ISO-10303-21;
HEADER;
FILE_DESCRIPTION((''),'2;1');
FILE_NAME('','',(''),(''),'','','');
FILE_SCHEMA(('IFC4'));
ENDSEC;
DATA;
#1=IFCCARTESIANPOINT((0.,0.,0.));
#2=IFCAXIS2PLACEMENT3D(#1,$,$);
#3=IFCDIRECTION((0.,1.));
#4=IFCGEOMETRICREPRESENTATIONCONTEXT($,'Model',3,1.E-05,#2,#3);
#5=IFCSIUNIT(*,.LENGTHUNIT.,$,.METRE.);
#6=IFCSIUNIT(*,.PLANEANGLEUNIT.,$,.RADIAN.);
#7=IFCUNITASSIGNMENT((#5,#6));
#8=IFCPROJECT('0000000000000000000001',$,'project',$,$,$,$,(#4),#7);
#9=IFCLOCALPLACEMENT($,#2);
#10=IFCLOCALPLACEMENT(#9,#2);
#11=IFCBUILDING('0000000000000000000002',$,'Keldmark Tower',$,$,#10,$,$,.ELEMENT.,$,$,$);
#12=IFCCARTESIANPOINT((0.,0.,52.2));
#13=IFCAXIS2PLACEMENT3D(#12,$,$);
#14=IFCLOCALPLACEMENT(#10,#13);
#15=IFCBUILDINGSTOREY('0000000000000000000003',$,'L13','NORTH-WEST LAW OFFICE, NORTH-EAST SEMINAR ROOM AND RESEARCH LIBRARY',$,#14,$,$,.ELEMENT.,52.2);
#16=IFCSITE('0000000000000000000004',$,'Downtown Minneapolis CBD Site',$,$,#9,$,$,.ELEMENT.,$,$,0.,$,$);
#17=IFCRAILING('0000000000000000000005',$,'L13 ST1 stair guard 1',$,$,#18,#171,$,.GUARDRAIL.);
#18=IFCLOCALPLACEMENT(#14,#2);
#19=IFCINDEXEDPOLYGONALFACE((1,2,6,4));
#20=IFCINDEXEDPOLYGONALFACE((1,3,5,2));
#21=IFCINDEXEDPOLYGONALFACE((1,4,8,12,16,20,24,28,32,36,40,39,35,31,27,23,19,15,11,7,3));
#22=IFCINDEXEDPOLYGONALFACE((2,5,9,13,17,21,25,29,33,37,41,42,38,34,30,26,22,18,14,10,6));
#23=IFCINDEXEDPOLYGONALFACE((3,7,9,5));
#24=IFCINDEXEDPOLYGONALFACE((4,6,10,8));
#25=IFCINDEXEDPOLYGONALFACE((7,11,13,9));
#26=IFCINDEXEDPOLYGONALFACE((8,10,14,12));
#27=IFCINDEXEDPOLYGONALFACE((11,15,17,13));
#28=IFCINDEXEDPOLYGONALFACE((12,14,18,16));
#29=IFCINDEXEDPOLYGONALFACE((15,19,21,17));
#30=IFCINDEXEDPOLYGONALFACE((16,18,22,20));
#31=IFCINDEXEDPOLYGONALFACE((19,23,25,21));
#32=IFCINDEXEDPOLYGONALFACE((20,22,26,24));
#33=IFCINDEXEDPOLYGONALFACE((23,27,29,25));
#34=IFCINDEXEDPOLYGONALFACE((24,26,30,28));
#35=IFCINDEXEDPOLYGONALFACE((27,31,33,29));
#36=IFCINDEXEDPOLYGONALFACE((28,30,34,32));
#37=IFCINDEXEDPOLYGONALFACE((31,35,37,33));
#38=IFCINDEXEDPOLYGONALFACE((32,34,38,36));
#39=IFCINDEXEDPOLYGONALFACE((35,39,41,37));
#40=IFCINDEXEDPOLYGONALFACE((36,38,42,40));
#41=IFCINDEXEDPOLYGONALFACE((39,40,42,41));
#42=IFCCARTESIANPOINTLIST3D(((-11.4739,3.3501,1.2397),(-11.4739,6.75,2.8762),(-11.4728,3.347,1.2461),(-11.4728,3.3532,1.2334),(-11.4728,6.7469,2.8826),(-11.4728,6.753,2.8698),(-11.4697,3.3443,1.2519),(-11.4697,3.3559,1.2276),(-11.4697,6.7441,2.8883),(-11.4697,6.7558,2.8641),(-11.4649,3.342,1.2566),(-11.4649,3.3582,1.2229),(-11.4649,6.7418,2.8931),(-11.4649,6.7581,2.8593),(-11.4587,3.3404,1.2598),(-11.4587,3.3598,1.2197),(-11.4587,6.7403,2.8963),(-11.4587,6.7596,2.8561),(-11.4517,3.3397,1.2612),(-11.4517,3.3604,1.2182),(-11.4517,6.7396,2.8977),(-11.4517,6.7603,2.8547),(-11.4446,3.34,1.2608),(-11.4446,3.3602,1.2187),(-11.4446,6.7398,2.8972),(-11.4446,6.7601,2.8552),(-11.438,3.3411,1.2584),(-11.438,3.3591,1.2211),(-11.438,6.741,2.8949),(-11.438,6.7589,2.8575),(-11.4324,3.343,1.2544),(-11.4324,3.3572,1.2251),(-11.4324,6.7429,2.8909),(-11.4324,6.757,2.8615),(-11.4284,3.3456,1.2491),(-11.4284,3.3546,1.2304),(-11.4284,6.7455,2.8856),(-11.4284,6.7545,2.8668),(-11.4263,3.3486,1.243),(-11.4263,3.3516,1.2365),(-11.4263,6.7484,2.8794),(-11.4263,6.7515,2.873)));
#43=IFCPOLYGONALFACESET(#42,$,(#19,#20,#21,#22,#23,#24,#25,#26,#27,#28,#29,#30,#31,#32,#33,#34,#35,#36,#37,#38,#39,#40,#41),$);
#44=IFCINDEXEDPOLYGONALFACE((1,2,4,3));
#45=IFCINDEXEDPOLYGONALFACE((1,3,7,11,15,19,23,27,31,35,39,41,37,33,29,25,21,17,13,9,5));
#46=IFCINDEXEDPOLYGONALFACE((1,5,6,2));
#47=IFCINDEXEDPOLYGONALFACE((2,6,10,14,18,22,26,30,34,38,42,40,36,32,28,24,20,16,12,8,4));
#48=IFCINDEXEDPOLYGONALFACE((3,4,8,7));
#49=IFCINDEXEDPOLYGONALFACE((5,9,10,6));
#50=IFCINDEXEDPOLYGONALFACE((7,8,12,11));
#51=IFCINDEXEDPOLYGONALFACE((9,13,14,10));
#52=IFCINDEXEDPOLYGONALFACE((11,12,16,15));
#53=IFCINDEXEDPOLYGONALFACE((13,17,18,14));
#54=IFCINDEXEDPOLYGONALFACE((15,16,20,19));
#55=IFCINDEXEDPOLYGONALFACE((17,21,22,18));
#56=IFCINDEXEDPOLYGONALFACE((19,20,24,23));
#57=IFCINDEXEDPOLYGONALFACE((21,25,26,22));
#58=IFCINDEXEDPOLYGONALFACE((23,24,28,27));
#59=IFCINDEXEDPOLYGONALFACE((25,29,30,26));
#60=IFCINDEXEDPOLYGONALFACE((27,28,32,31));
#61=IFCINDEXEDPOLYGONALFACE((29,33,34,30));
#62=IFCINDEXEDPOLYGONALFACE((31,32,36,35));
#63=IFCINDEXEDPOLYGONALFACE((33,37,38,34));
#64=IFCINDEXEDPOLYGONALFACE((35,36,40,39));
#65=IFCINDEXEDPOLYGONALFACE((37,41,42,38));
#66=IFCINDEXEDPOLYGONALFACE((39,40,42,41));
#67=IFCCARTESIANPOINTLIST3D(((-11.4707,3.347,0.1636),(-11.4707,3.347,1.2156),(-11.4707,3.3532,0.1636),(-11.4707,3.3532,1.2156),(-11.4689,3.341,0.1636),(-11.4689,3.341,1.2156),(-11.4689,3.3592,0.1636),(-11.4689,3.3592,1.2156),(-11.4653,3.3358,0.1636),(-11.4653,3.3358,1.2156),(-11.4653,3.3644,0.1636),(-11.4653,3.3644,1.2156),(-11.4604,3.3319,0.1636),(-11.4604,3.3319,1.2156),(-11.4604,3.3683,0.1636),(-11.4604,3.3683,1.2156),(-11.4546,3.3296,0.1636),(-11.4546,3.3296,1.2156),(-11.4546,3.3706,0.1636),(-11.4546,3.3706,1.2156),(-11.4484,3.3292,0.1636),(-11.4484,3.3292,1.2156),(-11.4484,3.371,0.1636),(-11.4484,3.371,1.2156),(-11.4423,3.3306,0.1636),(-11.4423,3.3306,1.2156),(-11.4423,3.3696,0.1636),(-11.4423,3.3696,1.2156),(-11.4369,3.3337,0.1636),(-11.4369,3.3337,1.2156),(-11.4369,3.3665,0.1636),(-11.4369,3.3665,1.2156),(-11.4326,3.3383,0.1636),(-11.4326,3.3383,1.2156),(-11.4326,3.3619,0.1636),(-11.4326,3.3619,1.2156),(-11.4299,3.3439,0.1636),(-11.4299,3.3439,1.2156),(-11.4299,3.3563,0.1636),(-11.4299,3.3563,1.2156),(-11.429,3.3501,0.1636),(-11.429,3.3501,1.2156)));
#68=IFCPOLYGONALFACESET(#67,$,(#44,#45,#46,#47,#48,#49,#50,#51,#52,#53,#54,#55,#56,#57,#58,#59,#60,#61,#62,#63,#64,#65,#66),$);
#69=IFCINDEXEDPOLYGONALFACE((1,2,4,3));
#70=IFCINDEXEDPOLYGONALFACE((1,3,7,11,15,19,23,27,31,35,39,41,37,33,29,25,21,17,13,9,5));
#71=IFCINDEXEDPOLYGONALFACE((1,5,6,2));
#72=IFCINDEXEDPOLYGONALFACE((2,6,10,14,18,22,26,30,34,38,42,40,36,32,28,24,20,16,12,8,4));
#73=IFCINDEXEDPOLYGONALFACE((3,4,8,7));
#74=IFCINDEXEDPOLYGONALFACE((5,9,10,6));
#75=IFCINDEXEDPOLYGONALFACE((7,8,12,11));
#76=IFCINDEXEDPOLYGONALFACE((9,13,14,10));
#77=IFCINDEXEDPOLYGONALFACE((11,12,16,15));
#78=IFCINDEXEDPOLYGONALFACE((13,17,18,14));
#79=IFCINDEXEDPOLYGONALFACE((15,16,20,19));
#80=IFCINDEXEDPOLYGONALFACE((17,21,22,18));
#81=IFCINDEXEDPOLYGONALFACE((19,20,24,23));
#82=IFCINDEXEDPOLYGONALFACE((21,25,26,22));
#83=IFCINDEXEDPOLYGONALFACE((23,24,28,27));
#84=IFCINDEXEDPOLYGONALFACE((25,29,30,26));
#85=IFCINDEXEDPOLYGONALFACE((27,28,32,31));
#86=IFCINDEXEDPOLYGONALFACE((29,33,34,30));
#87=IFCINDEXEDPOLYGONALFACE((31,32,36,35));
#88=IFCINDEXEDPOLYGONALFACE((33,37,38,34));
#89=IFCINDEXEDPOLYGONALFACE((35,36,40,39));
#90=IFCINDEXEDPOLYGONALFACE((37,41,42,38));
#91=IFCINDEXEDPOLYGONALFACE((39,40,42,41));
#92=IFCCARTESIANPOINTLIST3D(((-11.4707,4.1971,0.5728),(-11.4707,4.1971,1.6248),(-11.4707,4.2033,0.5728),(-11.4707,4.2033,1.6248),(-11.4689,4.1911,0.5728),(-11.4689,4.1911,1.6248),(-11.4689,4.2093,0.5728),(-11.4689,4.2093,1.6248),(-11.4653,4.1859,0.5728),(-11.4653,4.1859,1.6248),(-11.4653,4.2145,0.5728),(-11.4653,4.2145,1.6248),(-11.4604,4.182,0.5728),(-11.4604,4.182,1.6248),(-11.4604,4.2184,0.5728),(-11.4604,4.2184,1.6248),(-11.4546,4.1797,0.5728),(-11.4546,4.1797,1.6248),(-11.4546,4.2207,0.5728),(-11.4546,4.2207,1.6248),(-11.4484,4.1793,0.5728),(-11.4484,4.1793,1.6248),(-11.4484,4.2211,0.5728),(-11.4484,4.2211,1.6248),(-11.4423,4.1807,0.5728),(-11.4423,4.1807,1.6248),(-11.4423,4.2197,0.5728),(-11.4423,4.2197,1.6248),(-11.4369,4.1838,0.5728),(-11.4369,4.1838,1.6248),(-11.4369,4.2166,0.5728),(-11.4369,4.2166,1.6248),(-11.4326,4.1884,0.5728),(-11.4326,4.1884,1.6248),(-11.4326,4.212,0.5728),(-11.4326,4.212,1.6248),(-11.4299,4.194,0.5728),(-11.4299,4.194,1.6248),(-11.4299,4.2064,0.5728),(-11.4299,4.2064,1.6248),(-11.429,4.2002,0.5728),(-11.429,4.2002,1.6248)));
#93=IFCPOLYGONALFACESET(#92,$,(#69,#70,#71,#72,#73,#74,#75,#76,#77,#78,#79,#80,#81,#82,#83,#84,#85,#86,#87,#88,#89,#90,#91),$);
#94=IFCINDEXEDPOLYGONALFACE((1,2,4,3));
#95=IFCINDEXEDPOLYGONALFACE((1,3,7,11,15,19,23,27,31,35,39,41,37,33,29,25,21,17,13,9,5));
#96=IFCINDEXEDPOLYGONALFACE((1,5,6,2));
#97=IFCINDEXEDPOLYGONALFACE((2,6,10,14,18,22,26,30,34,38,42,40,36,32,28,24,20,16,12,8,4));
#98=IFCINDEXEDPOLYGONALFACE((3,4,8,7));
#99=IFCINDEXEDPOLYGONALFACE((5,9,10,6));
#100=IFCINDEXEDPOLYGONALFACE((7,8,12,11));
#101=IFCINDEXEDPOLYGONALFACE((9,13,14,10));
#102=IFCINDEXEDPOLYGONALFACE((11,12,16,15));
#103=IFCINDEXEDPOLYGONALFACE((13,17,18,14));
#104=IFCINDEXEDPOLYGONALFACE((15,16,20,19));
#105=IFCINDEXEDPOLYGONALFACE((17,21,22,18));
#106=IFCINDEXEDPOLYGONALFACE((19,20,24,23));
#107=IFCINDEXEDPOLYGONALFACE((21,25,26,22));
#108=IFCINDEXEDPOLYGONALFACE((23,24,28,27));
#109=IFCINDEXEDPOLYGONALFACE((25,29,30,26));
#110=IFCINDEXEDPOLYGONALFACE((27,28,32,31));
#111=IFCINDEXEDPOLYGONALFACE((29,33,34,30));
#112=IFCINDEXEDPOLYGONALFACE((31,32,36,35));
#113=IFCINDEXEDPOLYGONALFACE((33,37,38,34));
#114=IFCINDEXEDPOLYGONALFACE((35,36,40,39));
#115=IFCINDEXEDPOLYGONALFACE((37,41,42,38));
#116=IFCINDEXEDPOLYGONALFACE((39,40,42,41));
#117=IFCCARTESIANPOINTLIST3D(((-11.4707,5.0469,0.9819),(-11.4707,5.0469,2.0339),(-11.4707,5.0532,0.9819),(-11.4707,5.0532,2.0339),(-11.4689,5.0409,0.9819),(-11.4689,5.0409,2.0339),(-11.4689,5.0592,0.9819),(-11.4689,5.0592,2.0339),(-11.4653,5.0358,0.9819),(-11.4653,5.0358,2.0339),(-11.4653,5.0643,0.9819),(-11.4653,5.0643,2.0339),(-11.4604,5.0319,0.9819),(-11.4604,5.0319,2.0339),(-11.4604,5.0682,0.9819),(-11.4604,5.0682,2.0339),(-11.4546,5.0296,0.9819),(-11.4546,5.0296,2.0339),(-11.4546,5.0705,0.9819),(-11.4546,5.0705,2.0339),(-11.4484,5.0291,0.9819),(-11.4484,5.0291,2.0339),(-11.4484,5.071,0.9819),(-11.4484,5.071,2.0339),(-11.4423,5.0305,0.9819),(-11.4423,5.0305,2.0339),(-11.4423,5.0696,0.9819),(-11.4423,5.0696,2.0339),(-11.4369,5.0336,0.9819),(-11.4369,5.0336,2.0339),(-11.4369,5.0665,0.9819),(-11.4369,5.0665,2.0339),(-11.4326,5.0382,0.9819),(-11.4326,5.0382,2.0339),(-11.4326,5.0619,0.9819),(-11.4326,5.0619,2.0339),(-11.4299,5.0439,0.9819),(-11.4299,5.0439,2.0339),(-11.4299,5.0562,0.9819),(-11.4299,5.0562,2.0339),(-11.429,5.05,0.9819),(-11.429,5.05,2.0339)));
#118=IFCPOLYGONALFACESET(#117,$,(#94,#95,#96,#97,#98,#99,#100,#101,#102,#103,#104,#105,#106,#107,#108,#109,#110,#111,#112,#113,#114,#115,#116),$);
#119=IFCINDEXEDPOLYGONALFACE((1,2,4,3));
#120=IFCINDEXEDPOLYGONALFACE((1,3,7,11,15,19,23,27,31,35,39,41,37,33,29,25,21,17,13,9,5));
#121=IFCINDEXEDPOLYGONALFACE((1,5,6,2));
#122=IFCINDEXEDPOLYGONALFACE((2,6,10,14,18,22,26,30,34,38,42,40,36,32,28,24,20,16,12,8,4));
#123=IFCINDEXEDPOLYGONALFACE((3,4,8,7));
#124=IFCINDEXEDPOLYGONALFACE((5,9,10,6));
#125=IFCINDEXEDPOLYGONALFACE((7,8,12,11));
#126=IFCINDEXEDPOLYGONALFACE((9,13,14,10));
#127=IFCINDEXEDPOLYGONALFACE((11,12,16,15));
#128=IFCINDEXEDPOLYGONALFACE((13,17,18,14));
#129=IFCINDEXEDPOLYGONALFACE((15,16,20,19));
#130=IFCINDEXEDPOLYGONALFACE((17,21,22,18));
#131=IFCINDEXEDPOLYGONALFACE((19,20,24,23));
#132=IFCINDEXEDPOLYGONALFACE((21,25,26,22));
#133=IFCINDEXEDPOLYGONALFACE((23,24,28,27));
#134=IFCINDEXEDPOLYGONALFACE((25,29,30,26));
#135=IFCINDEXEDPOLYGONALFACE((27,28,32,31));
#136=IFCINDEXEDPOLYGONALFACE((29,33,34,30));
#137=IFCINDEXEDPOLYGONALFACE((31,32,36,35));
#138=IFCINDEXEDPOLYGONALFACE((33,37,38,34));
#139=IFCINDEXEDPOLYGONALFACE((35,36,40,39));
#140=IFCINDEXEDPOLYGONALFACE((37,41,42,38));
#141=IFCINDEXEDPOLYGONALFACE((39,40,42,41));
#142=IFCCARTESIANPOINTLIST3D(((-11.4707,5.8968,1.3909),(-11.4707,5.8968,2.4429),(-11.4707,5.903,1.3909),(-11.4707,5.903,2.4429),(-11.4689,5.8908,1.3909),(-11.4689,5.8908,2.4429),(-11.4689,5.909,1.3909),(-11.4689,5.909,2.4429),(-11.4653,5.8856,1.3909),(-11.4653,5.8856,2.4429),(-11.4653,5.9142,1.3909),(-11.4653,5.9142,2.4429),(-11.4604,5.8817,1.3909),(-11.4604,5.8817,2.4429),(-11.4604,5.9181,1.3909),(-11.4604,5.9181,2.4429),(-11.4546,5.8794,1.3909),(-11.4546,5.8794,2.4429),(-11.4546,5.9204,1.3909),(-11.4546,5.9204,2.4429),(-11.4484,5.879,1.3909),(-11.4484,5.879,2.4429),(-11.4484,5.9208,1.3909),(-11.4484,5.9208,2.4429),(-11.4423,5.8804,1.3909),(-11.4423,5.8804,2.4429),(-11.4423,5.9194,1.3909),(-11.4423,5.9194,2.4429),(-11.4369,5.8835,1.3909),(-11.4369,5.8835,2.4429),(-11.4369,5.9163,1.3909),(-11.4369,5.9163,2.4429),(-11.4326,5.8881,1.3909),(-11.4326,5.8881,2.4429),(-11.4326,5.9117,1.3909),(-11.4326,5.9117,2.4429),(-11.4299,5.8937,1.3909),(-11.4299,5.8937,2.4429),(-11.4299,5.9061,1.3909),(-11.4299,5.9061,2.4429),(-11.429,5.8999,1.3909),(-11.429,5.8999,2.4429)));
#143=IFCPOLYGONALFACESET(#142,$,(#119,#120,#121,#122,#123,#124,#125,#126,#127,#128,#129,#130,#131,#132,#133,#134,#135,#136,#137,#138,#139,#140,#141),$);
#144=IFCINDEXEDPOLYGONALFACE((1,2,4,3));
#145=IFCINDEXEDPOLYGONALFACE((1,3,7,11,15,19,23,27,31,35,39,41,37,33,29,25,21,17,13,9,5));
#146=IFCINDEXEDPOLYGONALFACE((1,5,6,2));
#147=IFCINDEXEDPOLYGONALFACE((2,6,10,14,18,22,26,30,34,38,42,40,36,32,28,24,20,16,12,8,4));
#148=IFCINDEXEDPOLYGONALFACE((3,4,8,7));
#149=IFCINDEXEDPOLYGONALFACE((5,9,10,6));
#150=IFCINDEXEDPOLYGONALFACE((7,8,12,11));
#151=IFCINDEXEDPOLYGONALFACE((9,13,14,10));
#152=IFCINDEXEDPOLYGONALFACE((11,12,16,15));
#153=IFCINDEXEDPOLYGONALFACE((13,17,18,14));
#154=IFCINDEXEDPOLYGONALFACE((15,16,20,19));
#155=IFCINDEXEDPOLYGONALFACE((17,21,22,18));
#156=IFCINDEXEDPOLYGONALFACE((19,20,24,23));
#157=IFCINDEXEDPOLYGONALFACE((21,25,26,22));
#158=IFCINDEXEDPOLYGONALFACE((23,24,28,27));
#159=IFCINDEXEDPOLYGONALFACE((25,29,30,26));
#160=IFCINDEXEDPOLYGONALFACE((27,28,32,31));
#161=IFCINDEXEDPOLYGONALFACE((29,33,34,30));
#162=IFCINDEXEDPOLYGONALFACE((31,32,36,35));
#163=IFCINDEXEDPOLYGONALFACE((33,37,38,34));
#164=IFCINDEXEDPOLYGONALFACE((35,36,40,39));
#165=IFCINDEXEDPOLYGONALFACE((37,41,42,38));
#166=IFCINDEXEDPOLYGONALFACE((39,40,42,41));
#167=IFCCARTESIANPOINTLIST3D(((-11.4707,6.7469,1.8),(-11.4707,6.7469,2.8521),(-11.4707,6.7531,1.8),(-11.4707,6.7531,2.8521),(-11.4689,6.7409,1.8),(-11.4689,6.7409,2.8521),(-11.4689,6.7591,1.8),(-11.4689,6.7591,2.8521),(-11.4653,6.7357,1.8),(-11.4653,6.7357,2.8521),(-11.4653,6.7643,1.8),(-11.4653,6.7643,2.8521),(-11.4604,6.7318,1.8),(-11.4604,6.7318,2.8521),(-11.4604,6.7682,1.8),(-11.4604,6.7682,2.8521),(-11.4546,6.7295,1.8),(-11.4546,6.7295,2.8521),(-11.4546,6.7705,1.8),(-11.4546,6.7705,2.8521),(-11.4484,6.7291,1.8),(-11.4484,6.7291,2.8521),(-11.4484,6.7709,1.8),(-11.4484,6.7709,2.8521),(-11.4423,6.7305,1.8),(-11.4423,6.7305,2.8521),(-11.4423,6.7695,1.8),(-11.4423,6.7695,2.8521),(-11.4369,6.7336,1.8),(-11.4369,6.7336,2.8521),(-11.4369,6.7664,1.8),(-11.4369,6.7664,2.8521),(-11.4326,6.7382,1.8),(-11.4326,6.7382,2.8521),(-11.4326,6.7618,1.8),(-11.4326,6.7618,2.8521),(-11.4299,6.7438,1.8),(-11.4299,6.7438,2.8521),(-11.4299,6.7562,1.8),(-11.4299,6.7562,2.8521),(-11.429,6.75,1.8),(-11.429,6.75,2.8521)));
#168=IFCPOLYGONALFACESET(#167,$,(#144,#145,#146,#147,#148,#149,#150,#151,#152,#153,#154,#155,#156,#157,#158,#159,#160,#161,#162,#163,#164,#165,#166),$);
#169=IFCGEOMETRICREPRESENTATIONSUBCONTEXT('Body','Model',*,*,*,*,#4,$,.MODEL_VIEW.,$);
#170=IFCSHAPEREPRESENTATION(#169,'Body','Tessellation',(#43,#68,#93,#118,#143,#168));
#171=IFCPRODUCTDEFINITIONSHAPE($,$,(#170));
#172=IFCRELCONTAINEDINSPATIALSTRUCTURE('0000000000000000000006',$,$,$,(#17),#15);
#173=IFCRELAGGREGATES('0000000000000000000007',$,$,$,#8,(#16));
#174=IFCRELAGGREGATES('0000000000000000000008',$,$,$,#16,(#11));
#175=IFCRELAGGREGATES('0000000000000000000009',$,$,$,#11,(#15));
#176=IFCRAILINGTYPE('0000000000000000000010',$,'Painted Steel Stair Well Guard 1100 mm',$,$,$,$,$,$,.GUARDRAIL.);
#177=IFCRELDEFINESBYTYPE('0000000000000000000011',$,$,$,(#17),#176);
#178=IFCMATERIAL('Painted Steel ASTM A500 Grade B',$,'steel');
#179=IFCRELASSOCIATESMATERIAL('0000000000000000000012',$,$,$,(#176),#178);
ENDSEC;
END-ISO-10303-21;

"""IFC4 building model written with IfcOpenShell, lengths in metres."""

from ifc_helpers import new_model, si_unit, direction, frame, origin, origin_2d, place, context, subcontext, project, spatial, circle, extrude, material, type_object, element, save


model = new_model("IFC4")

# Units and contexts
model_context = context("Model", 3, precision=1e-05, world=origin(), true_north=direction((0.0, 1.0)))
body_context = subcontext(model_context, "Body", "Model", "MODEL_VIEW")
ifc_project = project(units=[si_unit("LENGTHUNIT", "METRE"), si_unit("PLANEANGLEUNIT", "RADIAN")], contexts=[model_context])

# Site, building, storey
site_placement = place(None, origin())
site = spatial("IfcSite", under=ifc_project, at=site_placement, Name="Downtown Minneapolis CBD Site", CompositionType="ELEMENT", RefElevation=0.0)
building_placement = place(site_placement, origin())
building = spatial("IfcBuilding", under=site, at=building_placement, Name="Keldmark Tower", CompositionType="ELEMENT")
storey_placement = place(building_placement, frame((0.0, 0.0, 52.2)))
storey = spatial("IfcBuildingStorey", under=building, at=storey_placement, Name="L13", Description="NORTH-WEST LAW OFFICE, NORTH-EAST SEMINAR ROOM AND RESEARCH LIBRARY", CompositionType="ELEMENT", Elevation=52.2)

# Railing
ifc_material_1 = material(Name="Painted Steel ASTM A500 Grade B", Category="steel")
railing_type_1 = type_object("IfcRailingType", Name="Painted Steel Stair Well Guard 1100 mm", PredefinedType="GUARDRAIL", material=ifc_material_1)
railing_1_placement = place(storey_placement, frame((-11.45, 3.3501, 0.1636)))
element("IfcRailing", 1, at=railing_1_placement, inside=storey, type_object=railing_type_1, Name="L13 ST1 stair guard 1", PredefinedType="GUARDRAIL", context=body_context, shape_type="SweptSolid", body=[
    extrude(circle(Radius=0.0239, at=origin_2d()), frame((0.0, 0.0, 1.0762), z_axis=(0.0, 0.901055, 0.433705), x_axis=(-1.0, 0.0, 0.0)), (0.0, 0.0, 1.0), 3.7732),
    extrude(circle(Radius=0.021, at=origin_2d()), origin(), (0.0, 0.0, 1.0), 1.052),
    extrude(circle(Radius=0.021, at=origin_2d()), frame((0.0, 0.8501, 0.4092)), (0.0, 0.0, 1.0), 1.052),
    extrude(circle(Radius=0.021, at=origin_2d()), frame((0.0, 1.7, 0.8184)), (0.0, 0.0, 1.0), 1.052),
    extrude(circle(Radius=0.021, at=origin_2d()), frame((0.0, 2.5498, 1.2273)), (0.0, 0.0, 1.0), 1.052),
    extrude(circle(Radius=0.021, at=origin_2d()), frame((0.0, 3.3999, 1.6365)), (0.0, 0.0, 1.0), 1.052),
])

save(model, "model.ifc")
